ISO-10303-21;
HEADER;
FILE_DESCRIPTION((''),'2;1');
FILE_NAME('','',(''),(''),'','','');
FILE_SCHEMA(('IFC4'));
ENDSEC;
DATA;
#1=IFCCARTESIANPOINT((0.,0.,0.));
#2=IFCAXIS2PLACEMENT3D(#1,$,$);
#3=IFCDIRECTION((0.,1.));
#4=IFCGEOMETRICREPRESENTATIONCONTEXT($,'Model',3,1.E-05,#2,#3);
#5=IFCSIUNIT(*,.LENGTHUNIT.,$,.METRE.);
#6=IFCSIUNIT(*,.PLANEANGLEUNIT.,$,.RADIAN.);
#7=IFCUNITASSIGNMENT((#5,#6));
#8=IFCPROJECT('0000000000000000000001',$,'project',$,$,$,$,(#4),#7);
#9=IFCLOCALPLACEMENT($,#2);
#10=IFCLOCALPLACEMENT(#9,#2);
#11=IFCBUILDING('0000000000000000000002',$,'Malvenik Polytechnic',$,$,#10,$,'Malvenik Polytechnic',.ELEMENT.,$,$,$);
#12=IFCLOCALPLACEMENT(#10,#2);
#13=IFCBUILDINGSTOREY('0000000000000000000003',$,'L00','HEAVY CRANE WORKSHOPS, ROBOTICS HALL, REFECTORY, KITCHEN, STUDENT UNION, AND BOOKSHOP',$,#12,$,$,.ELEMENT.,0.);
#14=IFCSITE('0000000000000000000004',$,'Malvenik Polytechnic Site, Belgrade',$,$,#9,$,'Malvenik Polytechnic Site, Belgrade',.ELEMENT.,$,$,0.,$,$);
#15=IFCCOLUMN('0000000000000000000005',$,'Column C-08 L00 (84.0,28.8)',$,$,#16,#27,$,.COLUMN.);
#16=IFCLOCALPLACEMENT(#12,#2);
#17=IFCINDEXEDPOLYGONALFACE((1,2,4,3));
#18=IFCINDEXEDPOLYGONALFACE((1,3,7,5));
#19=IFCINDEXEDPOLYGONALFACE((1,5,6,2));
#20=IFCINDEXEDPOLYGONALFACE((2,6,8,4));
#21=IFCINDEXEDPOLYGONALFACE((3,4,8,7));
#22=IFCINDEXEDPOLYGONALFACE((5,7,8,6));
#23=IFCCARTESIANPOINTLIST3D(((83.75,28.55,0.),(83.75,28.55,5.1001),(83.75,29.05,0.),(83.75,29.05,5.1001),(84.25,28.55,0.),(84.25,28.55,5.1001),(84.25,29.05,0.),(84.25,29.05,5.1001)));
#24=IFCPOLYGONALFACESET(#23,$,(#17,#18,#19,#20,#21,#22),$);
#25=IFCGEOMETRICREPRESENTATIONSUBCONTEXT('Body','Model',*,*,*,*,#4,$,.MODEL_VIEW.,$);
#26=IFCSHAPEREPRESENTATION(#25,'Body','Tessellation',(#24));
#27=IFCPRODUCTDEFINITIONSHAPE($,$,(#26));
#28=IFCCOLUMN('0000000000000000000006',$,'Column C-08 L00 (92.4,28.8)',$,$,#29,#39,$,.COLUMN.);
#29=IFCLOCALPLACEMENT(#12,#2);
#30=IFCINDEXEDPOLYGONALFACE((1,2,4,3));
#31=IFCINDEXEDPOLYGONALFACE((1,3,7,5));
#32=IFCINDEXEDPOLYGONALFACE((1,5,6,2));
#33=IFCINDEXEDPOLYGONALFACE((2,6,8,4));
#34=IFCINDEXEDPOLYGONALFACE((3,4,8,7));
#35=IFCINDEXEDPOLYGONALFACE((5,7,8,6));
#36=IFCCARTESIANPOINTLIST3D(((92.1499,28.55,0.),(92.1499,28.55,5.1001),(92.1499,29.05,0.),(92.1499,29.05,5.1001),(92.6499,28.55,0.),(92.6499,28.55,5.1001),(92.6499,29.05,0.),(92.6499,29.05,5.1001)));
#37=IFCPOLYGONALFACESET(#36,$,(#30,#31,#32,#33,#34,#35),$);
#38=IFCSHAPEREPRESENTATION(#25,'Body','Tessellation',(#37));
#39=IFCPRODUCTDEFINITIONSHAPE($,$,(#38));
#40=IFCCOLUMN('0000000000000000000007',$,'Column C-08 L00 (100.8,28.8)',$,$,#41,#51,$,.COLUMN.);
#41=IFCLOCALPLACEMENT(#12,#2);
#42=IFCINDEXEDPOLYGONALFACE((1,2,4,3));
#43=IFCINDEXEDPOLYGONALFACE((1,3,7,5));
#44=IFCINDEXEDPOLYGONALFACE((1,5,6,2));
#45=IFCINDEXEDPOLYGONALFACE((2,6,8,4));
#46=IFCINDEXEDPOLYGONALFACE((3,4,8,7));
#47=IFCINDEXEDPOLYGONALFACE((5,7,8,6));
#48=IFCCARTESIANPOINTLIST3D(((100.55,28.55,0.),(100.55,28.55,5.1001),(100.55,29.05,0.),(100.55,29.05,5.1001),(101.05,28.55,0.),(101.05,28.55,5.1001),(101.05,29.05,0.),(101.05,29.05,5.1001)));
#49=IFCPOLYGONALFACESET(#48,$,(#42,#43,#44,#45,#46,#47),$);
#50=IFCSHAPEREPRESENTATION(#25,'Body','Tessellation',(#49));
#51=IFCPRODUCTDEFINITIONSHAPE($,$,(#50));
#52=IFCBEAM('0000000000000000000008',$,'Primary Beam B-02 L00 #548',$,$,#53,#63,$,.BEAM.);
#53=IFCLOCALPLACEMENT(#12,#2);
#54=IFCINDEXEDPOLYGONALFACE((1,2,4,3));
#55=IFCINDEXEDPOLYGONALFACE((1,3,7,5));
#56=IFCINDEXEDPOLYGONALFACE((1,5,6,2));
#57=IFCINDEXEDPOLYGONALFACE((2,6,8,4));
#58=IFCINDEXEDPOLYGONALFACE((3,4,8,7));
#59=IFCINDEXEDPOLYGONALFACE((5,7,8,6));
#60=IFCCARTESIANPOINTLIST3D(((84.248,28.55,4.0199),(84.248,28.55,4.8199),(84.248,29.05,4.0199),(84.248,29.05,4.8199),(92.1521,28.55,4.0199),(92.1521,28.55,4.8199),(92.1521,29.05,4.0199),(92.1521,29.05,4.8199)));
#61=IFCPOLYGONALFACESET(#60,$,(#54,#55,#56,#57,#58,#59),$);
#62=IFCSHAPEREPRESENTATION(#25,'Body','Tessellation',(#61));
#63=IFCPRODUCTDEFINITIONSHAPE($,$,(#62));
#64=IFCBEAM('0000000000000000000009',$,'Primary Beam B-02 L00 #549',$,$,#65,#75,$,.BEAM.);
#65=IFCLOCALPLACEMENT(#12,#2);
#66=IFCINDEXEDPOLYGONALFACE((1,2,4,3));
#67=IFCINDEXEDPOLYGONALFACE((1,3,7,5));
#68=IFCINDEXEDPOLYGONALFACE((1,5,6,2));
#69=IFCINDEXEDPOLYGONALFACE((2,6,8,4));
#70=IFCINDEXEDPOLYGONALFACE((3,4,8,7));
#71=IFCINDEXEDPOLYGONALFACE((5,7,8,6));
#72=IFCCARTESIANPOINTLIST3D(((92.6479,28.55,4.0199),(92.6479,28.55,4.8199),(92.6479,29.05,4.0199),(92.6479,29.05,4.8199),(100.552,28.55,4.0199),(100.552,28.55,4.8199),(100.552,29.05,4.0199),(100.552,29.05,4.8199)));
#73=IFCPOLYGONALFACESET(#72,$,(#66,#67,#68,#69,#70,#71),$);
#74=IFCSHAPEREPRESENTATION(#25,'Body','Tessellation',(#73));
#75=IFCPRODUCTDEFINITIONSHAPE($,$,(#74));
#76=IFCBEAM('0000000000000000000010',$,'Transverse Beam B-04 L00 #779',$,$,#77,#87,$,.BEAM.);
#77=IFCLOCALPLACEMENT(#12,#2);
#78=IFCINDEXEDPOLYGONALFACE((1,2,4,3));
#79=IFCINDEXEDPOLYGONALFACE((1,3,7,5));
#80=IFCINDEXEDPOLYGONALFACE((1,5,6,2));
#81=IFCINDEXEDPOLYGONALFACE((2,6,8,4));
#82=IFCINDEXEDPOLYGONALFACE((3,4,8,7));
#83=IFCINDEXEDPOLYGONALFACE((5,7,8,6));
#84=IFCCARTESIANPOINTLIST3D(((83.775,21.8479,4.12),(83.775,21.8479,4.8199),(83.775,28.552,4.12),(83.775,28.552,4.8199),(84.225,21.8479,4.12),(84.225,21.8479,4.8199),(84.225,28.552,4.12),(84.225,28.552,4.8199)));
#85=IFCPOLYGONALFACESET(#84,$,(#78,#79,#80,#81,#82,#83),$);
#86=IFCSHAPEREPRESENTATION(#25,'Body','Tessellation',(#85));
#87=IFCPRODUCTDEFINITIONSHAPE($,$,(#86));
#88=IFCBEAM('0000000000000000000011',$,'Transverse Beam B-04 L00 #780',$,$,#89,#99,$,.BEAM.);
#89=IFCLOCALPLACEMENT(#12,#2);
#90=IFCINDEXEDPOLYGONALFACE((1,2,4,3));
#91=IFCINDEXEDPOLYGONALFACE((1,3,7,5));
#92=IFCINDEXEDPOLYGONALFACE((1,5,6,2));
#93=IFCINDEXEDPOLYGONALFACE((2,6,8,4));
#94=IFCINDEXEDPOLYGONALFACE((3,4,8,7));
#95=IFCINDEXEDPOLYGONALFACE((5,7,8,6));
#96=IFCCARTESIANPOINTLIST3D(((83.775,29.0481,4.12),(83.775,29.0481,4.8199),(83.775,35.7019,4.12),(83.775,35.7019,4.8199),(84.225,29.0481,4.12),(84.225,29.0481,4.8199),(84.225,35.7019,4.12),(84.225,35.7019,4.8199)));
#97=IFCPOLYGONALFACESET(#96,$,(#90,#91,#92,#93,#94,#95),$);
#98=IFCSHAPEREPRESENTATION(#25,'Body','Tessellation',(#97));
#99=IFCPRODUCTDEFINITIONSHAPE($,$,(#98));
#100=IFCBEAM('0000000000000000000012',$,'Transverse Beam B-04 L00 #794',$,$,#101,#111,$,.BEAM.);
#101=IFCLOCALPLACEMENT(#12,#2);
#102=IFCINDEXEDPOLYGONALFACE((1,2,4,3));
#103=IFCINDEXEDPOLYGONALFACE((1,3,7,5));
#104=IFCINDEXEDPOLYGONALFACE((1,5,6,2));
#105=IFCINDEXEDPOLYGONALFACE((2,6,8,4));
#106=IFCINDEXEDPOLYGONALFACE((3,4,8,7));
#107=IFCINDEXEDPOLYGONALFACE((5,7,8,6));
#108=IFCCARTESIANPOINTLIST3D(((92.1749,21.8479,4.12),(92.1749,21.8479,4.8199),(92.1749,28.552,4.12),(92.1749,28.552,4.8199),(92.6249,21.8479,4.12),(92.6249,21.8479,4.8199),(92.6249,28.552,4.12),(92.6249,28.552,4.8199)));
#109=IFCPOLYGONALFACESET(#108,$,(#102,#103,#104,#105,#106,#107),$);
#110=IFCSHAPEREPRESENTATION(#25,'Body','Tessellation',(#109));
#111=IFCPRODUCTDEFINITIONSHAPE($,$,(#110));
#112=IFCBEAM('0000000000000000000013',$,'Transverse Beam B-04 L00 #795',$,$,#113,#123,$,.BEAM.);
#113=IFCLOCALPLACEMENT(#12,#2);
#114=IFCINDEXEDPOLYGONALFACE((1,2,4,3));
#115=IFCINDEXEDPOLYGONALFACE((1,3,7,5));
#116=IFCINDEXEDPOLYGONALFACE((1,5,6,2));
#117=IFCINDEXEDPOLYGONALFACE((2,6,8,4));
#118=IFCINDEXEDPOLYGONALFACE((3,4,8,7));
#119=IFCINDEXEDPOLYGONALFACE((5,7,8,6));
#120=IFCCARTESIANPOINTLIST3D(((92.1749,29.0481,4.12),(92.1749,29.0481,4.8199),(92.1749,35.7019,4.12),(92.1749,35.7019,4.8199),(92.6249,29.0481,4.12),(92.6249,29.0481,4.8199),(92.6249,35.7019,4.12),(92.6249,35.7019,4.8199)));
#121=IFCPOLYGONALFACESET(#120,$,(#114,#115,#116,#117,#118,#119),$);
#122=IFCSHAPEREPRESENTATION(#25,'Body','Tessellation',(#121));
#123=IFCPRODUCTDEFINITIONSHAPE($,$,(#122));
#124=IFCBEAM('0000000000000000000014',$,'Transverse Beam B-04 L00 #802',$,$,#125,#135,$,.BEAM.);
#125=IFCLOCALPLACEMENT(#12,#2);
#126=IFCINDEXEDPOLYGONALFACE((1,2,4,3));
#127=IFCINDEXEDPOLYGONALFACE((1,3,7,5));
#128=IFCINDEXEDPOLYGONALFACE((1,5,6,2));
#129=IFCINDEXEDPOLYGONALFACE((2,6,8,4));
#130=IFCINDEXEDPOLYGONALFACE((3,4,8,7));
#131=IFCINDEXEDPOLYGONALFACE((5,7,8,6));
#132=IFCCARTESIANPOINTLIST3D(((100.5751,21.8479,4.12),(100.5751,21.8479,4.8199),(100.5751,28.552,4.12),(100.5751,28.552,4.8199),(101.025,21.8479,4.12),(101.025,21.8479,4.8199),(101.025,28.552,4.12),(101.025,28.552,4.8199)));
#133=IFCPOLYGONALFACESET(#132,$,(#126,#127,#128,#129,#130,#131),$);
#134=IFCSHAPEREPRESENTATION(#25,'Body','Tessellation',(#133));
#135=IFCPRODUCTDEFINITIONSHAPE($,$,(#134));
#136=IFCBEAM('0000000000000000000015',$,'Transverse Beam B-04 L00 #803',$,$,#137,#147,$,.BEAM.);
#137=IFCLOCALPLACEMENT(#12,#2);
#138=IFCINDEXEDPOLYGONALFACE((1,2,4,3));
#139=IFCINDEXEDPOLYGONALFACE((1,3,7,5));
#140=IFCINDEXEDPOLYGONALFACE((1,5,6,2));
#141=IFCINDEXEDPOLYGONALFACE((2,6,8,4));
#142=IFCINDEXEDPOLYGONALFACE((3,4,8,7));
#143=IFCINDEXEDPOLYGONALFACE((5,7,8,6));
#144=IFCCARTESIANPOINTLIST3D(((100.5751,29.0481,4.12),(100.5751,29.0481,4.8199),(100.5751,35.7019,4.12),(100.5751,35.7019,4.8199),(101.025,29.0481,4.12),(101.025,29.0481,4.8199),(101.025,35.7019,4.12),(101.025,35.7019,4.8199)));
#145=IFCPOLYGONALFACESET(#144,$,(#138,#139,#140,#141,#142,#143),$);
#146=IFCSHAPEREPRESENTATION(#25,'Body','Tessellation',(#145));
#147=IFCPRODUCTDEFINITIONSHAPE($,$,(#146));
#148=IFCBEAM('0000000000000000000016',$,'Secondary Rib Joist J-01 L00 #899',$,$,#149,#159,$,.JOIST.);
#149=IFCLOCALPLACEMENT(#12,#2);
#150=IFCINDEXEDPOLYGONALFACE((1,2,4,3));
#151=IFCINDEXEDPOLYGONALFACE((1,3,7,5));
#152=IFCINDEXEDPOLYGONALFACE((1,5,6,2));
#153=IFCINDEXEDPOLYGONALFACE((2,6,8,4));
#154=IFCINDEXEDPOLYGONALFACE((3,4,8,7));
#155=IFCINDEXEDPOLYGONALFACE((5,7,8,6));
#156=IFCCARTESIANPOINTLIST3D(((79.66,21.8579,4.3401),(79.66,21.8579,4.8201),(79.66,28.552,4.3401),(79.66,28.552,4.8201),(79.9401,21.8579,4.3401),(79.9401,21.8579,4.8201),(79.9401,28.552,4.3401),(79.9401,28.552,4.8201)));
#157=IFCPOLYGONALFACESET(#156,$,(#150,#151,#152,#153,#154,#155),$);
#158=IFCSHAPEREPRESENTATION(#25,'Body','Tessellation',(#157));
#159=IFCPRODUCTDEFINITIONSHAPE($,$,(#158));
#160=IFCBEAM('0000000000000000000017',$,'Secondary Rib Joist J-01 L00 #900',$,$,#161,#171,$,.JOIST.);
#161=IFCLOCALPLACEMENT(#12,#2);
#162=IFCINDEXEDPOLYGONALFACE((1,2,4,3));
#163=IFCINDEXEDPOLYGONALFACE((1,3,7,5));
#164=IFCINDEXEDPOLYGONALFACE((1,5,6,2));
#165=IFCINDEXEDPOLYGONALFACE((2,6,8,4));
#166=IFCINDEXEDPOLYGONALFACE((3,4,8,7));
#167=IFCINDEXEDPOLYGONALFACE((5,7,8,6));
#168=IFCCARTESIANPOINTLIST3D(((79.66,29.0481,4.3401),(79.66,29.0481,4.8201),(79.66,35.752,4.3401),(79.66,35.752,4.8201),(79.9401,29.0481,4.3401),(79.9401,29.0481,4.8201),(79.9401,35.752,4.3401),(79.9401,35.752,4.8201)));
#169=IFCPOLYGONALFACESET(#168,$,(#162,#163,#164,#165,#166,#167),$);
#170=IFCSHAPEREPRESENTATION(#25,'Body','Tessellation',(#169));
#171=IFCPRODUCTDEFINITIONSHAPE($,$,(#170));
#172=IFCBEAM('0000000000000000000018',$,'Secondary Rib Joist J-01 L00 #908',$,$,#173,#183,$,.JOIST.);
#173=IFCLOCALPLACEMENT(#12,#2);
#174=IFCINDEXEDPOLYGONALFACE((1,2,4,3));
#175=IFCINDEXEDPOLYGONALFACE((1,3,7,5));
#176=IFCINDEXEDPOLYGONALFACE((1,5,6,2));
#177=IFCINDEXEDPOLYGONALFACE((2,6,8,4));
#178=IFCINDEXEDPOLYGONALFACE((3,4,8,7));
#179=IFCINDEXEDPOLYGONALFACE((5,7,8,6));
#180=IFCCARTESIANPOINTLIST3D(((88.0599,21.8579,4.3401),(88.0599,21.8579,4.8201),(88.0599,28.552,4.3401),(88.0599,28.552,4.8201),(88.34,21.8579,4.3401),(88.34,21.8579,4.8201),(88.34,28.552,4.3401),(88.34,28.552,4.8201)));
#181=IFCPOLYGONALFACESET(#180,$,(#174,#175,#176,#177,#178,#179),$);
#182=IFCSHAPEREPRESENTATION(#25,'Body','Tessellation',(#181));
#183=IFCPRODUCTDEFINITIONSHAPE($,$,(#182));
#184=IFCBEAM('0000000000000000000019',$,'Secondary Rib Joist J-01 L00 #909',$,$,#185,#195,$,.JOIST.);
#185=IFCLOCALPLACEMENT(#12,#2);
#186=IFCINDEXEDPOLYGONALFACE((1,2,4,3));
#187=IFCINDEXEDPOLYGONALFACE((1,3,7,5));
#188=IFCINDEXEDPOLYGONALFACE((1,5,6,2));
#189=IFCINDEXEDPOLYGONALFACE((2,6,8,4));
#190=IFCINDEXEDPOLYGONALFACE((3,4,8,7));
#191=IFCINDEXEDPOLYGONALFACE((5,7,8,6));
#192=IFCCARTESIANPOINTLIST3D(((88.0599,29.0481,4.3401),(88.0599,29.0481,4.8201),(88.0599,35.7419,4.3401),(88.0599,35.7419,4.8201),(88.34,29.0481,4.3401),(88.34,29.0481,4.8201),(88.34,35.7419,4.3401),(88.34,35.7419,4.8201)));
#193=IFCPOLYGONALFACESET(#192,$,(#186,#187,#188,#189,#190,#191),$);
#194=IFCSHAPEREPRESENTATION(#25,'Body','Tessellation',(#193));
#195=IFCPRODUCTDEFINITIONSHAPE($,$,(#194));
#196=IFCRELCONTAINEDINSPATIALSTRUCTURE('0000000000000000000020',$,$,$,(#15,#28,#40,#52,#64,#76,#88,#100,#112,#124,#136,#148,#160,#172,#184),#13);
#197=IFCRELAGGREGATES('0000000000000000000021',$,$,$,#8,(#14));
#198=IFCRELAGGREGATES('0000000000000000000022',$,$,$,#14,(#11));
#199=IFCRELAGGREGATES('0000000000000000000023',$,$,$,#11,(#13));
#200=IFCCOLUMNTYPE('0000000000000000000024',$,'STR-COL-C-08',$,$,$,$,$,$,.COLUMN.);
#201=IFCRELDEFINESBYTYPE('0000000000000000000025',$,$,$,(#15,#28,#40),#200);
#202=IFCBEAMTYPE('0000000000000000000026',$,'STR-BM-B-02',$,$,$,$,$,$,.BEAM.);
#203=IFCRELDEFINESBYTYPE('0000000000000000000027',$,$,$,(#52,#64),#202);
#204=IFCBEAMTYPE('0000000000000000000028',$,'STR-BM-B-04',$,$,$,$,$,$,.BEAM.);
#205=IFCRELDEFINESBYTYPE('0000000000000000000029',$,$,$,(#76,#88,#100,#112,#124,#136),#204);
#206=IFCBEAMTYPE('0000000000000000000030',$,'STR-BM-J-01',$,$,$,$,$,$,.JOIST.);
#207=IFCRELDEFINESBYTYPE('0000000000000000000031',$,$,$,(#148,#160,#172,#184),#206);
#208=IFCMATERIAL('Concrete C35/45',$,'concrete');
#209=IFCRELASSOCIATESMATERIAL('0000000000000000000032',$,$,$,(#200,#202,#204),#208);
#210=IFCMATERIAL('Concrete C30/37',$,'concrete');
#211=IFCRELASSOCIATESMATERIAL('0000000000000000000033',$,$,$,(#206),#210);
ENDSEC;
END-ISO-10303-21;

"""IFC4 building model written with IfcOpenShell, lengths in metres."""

from ifc_helpers import new_model, si_unit, direction, frame, origin, origin_2d, place, context, subcontext, project, spatial, rectangle, extrude, material, material_profile, profile_set, type_object, element, save


model = new_model("IFC4")

# Units and contexts
model_context = context("Model", 3, precision=1e-05, world=origin(), true_north=direction((0.0, 1.0)))
body_context = subcontext(model_context, "Body", "Model", "MODEL_VIEW")
ifc_project = project(units=[si_unit("LENGTHUNIT", "METRE"), si_unit("PLANEANGLEUNIT", "RADIAN")], contexts=[model_context])

# Site, building, storey
site_placement = place(None, origin())
site = spatial("IfcSite", under=ifc_project, at=site_placement, Name="Malvenik Polytechnic Site, Belgrade", LongName="Malvenik Polytechnic Site, Belgrade", CompositionType="ELEMENT", RefElevation=0.0)
building_placement = place(site_placement, origin())
building = spatial("IfcBuilding", under=site, at=building_placement, Name="Malvenik Polytechnic", LongName="Malvenik Polytechnic", CompositionType="ELEMENT")
storey_placement = place(building_placement, origin())
storey = spatial("IfcBuildingStorey", under=building, at=storey_placement, Name="L00", Description="HEAVY CRANE WORKSHOPS, ROBOTICS HALL, REFECTORY, KITCHEN, STUDENT UNION, AND BOOKSHOP", CompositionType="ELEMENT", Elevation=0.0)

# Columns
ifc_material_1 = material(Name="Concrete C35/45", Category="concrete")
ifc_material_profile_1 = material_profile(ifc_material_1, rectangle(XDim=0.5, YDim=0.5, at=origin_2d()), Name="RC COL 500x500")
ifc_profile_set_1 = profile_set([ifc_material_profile_1], Name="Concrete C35/45")
column_type = type_object("IfcColumnType", Name="STR-COL-C-08", PredefinedType="COLUMN", material=ifc_profile_set_1)
for number, where, z_axis, x_axis, name in (
    (1, (84.0, 28.8, 0.0), (0.0, 0.0, 1.0), (1.0, 0.0, 0.0), "Column C-08 L00 (84.0,28.8)"),
    (2, (92.3999, 28.8, 0.0), (0.0, 0.0, 1.0), (1.0, 0.0, 0.0), "Column C-08 L00 (92.4,28.8)"),
    (3, (100.8, 28.8, 0.0), (0.0, 0.0, 1.0), (1.0, 0.0, 0.0), "Column C-08 L00 (100.8,28.8)"),
):
    element("IfcColumn", number, at=place(storey_placement, frame(where, z_axis=z_axis, x_axis=x_axis)), inside=storey, type_object=column_type, Name=name, PredefinedType="COLUMN", context=body_context, shape_type="SweptSolid", body=[
        extrude(rectangle(XDim=0.5, YDim=0.5, at=origin_2d()), origin(), (0.0, 0.0, 1.0), 5.1001),
    ])

# Beams
ifc_material_profile_2 = material_profile(ifc_material_1, rectangle(XDim=0.5, YDim=0.8, at=origin_2d()), Name="RC BM 500x800")
ifc_profile_set_2 = profile_set([ifc_material_profile_2], Name="Concrete C35/45")
beam_type_1 = type_object("IfcBeamType", Name="STR-BM-B-02", PredefinedType="BEAM", material=ifc_profile_set_2)
for number, where, z_axis, x_axis, name in (
    (4, (84.248, 28.8, 4.4199), (1.0, 0.0, 0.0), (0.0, 1.0, 0.0), "Primary Beam B-02 L00 #548"),
    (5, (92.6479, 28.8, 4.4199), (1.0, 0.0, 0.0), (0.0, 1.0, 0.0), "Primary Beam B-02 L00 #549"),
):
    element("IfcBeam", number, at=place(storey_placement, frame(where, z_axis=z_axis, x_axis=x_axis)), inside=storey, type_object=beam_type_1, Name=name, PredefinedType="BEAM", context=body_context, shape_type="SweptSolid", body=[
        extrude(rectangle(XDim=0.5, YDim=0.8, at=origin_2d()), origin(), (0.0, 0.0, 1.0), 7.9041),
    ])
ifc_material_profile_3 = material_profile(ifc_material_1, rectangle(XDim=0.45, YDim=0.7, at=origin_2d()), Name="RC BM 450x700")
ifc_profile_set_3 = profile_set([ifc_material_profile_3], Name="Concrete C35/45")
beam_type_2 = type_object("IfcBeamType", Name="STR-BM-B-04", PredefinedType="BEAM", material=ifc_profile_set_3)
beam_1_placement = place(storey_placement, frame((84.0, 21.8479, 4.47), z_axis=(0.0, 1.0, 0.0), x_axis=(-1.0, 0.0, 0.0)))
element("IfcBeam", 6, at=beam_1_placement, inside=storey, type_object=beam_type_2, Name="Transverse Beam B-04 L00 #779", PredefinedType="BEAM", context=body_context, shape_type="SweptSolid", body=[
    extrude(rectangle(XDim=0.45, YDim=0.7, at=origin_2d()), origin(), (0.0, 0.0, 1.0), 6.7041),
])
beam_2_placement = place(storey_placement, frame((84.0, 29.0481, 4.47), z_axis=(0.0, 1.0, 0.0), x_axis=(-1.0, 0.0, 0.0)))
element("IfcBeam", 7, at=beam_2_placement, inside=storey, type_object=beam_type_2, Name="Transverse Beam B-04 L00 #780", PredefinedType="BEAM", context=body_context, shape_type="SweptSolid", body=[
    extrude(rectangle(XDim=0.45, YDim=0.7, at=origin_2d()), origin(), (0.0, 0.0, 1.0), 6.6538),
])
beam_3_placement = place(storey_placement, frame((92.3999, 21.8479, 4.47), z_axis=(0.0, 1.0, 0.0), x_axis=(-1.0, 0.0, 0.0)))
element("IfcBeam", 8, at=beam_3_placement, inside=storey, type_object=beam_type_2, Name="Transverse Beam B-04 L00 #794", PredefinedType="BEAM", context=body_context, shape_type="SweptSolid", body=[
    extrude(rectangle(XDim=0.45, YDim=0.7, at=origin_2d()), origin(), (0.0, 0.0, 1.0), 6.7041),
])
beam_4_placement = place(storey_placement, frame((92.3999, 29.0481, 4.47), z_axis=(0.0, 1.0, 0.0), x_axis=(-1.0, 0.0, 0.0)))
element("IfcBeam", 9, at=beam_4_placement, inside=storey, type_object=beam_type_2, Name="Transverse Beam B-04 L00 #795", PredefinedType="BEAM", context=body_context, shape_type="SweptSolid", body=[
    extrude(rectangle(XDim=0.45, YDim=0.7, at=origin_2d()), origin(), (0.0, 0.0, 1.0), 6.6538),
])
beam_5_placement = place(storey_placement, frame((100.8, 21.8479, 4.47), z_axis=(0.0, 1.0, 0.0), x_axis=(-1.0, 0.0, 0.0)))
element("IfcBeam", 10, at=beam_5_placement, inside=storey, type_object=beam_type_2, Name="Transverse Beam B-04 L00 #802", PredefinedType="BEAM", context=body_context, shape_type="SweptSolid", body=[
    extrude(rectangle(XDim=0.45, YDim=0.7, at=origin_2d()), origin(), (0.0, 0.0, 1.0), 6.7041),
])
beam_6_placement = place(storey_placement, frame((100.8, 29.0481, 4.47), z_axis=(0.0, 1.0, 0.0), x_axis=(-1.0, 0.0, 0.0)))
element("IfcBeam", 11, at=beam_6_placement, inside=storey, type_object=beam_type_2, Name="Transverse Beam B-04 L00 #803", PredefinedType="BEAM", context=body_context, shape_type="SweptSolid", body=[
    extrude(rectangle(XDim=0.45, YDim=0.7, at=origin_2d()), origin(), (0.0, 0.0, 1.0), 6.6538),
])
ifc_material_2 = material(Name="Concrete C30/37", Category="concrete")
ifc_material_profile_4 = material_profile(ifc_material_2, rectangle(XDim=0.28, YDim=0.48, at=origin_2d()), Name="RC JST 280x480")
ifc_profile_set_4 = profile_set([ifc_material_profile_4], Name="Concrete C30/37")
beam_type_3 = type_object("IfcBeamType", Name="STR-BM-J-01", PredefinedType="JOIST", material=ifc_profile_set_4)
beam_7_placement = place(storey_placement, frame((79.8, 21.8579, 4.5801), z_axis=(0.0, 1.0, 0.0), x_axis=(-1.0, 0.0, 0.0)))
element("IfcBeam", 12, at=beam_7_placement, inside=storey, type_object=beam_type_3, Name="Secondary Rib Joist J-01 L00 #899", PredefinedType="JOIST", context=body_context, shape_type="SweptSolid", body=[
    extrude(rectangle(XDim=0.28, YDim=0.48, at=origin_2d()), origin(), (0.0, 0.0, 1.0), 6.6941),
])
beam_8_placement = place(storey_placement, frame((79.8, 29.0481, 4.5801), z_axis=(0.0, 1.0, 0.0), x_axis=(-1.0, 0.0, 0.0)))
element("IfcBeam", 13, at=beam_8_placement, inside=storey, type_object=beam_type_3, Name="Secondary Rib Joist J-01 L00 #900", PredefinedType="JOIST", context=body_context, shape_type="SweptSolid", body=[
    extrude(rectangle(XDim=0.28, YDim=0.48, at=origin_2d()), origin(), (0.0, 0.0, 1.0), 6.7039),
])
beam_9_placement = place(storey_placement, frame((88.2, 21.8579, 4.5801), z_axis=(0.0, 1.0, 0.0), x_axis=(-1.0, 0.0, 0.0)))
element("IfcBeam", 14, at=beam_9_placement, inside=storey, type_object=beam_type_3, Name="Secondary Rib Joist J-01 L00 #908", PredefinedType="JOIST", context=body_context, shape_type="SweptSolid", body=[
    extrude(rectangle(XDim=0.28, YDim=0.48, at=origin_2d()), origin(), (0.0, 0.0, 1.0), 6.6941),
])
beam_10_placement = place(storey_placement, frame((88.2, 29.0481, 4.5801), z_axis=(0.0, 1.0, 0.0), x_axis=(-1.0, 0.0, 0.0)))
element("IfcBeam", 15, at=beam_10_placement, inside=storey, type_object=beam_type_3, Name="Secondary Rib Joist J-01 L00 #909", PredefinedType="JOIST", context=body_context, shape_type="SweptSolid", body=[
    extrude(rectangle(XDim=0.28, YDim=0.48, at=origin_2d()), origin(), (0.0, 0.0, 1.0), 6.6938),
])

save(model, "model.ifc")
